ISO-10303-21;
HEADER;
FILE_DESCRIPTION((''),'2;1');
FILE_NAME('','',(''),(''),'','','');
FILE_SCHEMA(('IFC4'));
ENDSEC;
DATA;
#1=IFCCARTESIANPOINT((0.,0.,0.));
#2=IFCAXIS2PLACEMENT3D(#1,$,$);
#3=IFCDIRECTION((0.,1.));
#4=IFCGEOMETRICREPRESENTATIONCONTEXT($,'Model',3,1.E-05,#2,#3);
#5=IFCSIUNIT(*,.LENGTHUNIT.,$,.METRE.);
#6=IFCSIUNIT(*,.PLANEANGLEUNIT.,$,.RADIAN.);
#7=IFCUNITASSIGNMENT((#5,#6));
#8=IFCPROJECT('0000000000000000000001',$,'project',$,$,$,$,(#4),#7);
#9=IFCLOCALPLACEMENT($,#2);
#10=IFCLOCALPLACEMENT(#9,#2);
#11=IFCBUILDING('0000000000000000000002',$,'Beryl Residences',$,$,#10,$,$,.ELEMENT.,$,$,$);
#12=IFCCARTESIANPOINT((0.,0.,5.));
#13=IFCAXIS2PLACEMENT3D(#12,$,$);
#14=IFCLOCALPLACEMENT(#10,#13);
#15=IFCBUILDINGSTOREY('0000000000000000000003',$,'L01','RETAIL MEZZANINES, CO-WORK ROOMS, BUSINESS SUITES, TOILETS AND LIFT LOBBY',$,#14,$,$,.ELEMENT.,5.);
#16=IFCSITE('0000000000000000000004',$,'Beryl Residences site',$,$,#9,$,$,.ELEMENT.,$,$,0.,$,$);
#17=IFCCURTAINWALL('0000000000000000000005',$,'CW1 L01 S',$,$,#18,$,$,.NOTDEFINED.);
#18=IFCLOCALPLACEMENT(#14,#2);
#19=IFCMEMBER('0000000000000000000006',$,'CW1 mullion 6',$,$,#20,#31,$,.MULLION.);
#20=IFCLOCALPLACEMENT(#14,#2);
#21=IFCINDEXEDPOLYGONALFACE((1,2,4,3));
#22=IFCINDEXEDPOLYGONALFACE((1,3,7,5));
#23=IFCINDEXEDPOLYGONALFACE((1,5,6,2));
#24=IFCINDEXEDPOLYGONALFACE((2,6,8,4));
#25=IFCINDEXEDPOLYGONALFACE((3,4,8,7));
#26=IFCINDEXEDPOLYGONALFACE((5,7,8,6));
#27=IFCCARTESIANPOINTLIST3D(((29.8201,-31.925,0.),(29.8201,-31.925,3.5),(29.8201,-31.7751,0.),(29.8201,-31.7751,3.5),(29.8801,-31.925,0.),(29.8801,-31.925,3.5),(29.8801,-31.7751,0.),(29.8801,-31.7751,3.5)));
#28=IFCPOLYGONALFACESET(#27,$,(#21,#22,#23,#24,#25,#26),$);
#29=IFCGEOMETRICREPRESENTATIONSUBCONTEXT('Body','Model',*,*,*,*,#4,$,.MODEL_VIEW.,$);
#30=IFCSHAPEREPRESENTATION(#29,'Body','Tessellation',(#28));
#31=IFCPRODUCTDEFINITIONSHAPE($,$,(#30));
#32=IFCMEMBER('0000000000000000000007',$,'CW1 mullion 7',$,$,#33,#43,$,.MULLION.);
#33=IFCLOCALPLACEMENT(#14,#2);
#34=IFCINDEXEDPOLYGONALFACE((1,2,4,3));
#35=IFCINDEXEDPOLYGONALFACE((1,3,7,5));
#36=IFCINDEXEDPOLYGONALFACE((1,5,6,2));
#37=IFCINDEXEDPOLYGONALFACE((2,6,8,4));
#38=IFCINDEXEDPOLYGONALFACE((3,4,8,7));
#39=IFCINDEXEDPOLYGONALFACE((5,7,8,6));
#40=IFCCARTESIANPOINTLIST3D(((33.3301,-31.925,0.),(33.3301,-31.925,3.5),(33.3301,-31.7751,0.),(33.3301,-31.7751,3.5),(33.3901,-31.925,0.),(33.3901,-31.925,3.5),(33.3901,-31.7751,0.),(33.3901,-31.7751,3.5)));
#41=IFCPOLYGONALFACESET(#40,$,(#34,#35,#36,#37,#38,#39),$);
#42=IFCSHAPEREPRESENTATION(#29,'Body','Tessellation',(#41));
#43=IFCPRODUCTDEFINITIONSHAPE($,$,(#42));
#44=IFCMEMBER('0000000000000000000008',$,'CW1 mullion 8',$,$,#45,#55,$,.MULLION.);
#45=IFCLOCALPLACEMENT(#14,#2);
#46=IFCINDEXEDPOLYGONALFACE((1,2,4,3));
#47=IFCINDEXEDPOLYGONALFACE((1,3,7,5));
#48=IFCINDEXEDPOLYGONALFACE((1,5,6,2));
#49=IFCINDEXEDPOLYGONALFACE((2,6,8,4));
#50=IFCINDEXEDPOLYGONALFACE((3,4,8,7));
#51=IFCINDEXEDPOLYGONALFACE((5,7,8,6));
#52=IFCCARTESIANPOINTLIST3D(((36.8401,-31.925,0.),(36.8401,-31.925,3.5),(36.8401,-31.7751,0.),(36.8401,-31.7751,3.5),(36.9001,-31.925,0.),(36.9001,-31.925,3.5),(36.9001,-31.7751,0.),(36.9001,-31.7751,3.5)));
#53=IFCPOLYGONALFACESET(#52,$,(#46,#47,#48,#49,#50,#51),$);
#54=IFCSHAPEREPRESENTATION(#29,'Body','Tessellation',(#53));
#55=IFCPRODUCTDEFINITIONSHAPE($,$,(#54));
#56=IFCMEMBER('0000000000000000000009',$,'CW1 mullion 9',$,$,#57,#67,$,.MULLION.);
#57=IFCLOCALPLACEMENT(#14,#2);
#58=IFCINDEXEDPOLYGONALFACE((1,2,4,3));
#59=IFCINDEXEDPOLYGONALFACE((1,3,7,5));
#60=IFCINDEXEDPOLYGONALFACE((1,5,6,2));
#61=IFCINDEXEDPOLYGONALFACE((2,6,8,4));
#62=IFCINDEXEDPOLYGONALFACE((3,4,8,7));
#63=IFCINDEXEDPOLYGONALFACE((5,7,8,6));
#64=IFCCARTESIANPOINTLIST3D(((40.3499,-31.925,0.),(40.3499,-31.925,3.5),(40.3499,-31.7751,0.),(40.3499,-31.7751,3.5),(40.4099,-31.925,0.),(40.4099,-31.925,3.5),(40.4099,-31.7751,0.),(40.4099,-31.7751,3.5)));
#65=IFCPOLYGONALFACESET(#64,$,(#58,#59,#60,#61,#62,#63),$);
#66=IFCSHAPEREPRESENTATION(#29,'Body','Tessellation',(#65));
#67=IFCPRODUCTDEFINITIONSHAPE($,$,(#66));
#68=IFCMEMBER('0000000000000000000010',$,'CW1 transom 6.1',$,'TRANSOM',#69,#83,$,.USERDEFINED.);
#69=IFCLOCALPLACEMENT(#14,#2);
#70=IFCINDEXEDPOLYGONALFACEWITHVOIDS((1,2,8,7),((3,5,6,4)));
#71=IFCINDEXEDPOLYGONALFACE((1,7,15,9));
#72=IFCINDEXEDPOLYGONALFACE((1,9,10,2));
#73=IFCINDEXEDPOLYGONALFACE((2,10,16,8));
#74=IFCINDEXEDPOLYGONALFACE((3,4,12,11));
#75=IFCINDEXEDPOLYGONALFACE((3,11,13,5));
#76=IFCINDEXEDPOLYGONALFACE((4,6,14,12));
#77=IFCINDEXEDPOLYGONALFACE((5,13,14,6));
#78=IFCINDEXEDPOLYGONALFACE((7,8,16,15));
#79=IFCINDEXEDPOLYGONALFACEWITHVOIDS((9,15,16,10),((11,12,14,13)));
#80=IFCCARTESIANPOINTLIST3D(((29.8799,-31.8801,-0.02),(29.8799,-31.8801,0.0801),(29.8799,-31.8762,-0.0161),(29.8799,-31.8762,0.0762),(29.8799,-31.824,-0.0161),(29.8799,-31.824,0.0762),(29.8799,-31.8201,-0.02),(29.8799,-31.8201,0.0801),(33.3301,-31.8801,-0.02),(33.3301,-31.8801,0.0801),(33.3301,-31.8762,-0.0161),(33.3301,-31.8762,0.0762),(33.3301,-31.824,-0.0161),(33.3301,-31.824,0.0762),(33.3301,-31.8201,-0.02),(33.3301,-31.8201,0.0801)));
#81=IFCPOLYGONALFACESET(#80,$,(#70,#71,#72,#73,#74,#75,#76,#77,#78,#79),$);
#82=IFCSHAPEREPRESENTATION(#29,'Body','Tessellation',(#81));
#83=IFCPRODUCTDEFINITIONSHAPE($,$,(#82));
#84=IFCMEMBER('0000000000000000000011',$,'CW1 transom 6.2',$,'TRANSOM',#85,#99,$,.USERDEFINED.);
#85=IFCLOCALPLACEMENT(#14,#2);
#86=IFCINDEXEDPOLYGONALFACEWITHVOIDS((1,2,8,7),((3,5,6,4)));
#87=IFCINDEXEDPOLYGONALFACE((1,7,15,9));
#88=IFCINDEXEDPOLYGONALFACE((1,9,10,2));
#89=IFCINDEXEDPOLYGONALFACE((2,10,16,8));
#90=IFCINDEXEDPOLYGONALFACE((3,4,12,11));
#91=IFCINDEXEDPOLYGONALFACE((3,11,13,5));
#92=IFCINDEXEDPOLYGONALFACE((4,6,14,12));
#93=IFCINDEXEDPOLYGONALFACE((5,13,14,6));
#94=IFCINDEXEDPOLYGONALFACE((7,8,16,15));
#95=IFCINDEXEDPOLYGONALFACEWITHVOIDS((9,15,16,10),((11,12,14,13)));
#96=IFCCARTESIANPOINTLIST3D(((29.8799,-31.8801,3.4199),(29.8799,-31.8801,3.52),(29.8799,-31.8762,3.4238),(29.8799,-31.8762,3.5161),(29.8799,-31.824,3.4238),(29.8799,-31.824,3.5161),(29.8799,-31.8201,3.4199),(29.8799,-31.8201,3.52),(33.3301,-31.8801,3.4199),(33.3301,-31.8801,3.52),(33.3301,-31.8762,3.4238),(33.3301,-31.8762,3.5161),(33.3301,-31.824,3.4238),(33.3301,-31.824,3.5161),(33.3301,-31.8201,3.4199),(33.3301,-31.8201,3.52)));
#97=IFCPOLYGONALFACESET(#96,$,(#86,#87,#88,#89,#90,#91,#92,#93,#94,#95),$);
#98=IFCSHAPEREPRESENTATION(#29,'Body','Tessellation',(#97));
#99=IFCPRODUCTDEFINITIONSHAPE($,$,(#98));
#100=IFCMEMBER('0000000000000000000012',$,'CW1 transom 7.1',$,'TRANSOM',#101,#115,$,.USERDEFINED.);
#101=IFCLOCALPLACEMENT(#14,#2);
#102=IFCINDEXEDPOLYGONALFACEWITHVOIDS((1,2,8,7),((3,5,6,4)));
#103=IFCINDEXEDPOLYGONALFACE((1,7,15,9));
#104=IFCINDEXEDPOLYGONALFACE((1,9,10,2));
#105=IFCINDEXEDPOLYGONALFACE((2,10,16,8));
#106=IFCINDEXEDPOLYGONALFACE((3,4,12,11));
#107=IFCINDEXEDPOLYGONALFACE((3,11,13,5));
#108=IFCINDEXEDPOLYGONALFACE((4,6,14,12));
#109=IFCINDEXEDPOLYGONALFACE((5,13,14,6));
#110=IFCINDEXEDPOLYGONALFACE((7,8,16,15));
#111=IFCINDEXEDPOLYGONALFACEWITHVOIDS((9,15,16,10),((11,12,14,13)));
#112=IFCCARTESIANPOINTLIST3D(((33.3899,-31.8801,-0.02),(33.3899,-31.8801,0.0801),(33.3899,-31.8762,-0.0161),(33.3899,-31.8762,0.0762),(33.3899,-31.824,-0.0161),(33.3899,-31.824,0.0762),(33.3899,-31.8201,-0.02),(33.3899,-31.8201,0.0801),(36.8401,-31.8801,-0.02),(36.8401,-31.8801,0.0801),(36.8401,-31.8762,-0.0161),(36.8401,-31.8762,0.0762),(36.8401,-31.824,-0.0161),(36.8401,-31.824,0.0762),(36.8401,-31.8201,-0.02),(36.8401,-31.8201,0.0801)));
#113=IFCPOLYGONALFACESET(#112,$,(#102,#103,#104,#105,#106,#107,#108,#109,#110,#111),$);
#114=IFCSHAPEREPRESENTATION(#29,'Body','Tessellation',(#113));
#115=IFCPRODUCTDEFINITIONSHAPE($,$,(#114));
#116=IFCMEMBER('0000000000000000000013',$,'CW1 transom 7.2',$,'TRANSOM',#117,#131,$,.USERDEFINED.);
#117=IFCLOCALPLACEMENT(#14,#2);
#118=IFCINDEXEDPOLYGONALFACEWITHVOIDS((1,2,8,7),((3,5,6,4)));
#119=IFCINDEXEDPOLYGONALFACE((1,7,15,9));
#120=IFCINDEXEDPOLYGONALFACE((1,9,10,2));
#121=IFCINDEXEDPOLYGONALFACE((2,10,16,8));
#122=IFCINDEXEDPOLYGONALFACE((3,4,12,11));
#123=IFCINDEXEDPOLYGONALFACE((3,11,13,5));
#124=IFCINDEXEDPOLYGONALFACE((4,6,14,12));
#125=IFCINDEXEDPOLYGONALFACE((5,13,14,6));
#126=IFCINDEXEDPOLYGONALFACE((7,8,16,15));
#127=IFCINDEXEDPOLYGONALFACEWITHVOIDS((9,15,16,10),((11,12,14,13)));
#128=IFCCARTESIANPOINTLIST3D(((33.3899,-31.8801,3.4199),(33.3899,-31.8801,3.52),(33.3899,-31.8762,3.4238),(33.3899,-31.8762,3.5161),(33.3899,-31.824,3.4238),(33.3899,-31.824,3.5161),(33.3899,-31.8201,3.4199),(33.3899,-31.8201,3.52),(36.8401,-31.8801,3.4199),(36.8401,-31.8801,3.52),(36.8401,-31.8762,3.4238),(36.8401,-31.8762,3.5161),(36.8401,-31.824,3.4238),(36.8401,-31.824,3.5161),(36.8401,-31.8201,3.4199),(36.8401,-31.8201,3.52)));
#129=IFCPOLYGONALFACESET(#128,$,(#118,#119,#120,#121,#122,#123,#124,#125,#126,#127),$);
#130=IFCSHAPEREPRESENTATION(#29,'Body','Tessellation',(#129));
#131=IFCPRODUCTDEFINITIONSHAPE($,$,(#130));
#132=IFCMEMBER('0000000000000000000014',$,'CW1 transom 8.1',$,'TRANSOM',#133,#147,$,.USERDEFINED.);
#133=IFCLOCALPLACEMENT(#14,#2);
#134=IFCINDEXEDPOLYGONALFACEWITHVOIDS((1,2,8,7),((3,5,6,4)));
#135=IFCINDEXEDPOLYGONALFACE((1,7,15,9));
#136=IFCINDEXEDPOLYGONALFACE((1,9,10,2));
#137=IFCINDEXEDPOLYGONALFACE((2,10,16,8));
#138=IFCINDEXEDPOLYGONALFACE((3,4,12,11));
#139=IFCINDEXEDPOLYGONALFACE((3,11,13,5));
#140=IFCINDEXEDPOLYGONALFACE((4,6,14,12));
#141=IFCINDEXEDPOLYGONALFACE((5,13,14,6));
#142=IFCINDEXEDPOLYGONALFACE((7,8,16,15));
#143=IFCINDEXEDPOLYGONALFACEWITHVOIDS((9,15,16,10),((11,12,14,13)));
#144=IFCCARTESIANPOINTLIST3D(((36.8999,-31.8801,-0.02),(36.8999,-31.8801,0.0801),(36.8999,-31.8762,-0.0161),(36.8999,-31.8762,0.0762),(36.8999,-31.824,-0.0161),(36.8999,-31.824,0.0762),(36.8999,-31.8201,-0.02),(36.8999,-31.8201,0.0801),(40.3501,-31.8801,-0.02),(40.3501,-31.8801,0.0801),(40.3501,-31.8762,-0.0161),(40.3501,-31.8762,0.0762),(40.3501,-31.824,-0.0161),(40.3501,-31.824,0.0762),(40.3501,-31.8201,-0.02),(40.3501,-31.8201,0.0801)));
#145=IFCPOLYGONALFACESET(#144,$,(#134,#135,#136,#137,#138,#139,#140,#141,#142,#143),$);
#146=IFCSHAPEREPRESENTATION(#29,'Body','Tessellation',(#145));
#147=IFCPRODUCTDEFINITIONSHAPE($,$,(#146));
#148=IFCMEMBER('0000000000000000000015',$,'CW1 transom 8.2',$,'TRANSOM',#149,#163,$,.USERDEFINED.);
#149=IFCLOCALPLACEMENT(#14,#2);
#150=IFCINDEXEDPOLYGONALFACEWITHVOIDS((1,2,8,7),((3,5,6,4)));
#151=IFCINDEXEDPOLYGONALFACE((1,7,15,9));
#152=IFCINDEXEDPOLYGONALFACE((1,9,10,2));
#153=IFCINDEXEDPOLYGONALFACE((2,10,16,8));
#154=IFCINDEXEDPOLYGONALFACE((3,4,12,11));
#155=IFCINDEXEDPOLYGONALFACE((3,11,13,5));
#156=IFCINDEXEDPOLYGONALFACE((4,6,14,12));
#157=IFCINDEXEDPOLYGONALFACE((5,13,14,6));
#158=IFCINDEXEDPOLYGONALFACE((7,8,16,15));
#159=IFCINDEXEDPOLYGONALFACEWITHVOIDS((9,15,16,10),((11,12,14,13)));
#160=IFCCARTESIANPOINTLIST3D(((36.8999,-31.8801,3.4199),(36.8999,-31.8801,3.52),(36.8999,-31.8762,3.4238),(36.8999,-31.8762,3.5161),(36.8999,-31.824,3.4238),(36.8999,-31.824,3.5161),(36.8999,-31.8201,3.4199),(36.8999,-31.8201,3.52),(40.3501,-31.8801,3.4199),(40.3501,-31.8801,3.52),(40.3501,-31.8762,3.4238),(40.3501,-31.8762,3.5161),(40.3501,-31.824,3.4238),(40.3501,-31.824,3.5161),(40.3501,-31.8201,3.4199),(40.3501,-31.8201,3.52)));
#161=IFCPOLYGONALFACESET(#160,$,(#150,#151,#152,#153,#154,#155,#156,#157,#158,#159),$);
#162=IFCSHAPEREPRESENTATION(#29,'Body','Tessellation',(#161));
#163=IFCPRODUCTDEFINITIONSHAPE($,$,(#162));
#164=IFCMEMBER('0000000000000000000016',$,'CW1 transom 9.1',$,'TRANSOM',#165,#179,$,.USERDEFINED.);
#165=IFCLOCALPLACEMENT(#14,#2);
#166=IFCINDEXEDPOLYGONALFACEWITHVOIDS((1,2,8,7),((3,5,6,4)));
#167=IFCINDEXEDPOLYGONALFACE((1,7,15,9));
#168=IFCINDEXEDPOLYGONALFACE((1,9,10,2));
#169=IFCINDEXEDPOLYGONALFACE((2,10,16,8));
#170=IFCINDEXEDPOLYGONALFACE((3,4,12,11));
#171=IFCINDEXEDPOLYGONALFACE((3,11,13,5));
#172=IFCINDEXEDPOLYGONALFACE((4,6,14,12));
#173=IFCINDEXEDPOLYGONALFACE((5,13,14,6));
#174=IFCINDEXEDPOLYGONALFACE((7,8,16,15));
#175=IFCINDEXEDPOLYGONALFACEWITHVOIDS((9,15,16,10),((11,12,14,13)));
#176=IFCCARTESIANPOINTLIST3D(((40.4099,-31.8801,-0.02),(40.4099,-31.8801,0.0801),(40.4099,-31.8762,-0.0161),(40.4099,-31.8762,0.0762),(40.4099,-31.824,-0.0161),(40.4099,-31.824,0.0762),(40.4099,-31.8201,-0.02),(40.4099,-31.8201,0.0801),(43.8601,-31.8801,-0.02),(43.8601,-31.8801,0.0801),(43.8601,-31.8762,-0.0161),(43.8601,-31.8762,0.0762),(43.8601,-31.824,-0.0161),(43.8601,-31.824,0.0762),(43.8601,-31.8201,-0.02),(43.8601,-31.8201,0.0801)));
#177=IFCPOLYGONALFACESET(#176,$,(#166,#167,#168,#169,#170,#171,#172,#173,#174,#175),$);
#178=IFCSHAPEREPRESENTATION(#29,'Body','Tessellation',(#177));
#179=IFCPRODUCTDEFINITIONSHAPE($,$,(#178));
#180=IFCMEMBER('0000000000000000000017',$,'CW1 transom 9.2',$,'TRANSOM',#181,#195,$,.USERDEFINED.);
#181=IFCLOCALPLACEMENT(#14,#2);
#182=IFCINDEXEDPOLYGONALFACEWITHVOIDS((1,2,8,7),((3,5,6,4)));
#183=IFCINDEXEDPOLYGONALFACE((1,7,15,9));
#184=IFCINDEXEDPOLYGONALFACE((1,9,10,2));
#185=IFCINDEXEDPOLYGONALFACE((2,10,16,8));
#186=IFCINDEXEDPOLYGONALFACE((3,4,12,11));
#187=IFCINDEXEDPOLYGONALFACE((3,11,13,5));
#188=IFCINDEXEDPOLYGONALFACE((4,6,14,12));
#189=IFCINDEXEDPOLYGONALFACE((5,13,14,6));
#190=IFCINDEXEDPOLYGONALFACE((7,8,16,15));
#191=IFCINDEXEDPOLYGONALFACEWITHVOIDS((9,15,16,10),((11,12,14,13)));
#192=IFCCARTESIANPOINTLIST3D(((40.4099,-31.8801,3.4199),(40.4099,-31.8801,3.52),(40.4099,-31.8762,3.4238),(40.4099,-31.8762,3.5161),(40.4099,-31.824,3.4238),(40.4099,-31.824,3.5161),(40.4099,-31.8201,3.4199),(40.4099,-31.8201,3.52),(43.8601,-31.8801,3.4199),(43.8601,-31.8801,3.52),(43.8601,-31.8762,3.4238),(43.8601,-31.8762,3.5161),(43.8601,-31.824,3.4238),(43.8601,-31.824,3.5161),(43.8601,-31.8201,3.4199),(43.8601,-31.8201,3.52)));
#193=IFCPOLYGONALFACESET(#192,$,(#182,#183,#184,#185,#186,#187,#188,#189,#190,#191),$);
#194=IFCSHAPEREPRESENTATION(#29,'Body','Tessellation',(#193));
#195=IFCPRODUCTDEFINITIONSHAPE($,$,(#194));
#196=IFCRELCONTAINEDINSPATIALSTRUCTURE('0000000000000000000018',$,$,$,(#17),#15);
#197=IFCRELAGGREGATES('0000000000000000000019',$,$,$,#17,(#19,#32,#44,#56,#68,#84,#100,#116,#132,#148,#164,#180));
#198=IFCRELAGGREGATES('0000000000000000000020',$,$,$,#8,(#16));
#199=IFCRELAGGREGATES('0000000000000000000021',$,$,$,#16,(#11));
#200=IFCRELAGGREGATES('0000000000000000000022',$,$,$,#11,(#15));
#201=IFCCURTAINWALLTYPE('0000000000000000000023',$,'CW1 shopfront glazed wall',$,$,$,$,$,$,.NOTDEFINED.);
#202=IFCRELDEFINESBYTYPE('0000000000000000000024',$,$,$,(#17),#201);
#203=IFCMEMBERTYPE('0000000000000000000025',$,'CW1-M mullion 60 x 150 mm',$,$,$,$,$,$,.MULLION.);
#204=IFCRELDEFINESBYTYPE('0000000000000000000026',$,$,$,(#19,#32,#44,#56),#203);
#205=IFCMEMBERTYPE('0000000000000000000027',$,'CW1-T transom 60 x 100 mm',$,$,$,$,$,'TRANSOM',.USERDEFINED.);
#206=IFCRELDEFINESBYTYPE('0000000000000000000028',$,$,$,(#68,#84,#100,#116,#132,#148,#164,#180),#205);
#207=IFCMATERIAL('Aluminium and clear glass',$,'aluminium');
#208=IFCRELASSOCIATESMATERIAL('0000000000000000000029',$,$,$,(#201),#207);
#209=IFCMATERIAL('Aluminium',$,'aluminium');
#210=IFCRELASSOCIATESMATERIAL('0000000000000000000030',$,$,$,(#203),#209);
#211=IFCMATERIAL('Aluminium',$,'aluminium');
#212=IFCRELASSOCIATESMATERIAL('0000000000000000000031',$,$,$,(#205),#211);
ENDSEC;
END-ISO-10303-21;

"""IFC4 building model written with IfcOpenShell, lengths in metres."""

from ifc_helpers import new_model, si_unit, direction, frame, origin, origin_2d, place, context, subcontext, project, spatial, rectangle, hollow_rectangle, extrude, material, material_profile, profile_set, type_object, element, aggregate, save


model = new_model("IFC4")

# Units and contexts
model_context = context("Model", 3, precision=1e-05, world=origin(), true_north=direction((0.0, 1.0)))
body_context = subcontext(model_context, "Body", "Model", "MODEL_VIEW")
ifc_project = project(units=[si_unit("LENGTHUNIT", "METRE"), si_unit("PLANEANGLEUNIT", "RADIAN")], contexts=[model_context])

# Site, building, storey
site_placement = place(None, origin())
site = spatial("IfcSite", under=ifc_project, at=site_placement, Name="Beryl Residences site", CompositionType="ELEMENT", RefElevation=0.0)
building_placement = place(site_placement, origin())
building = spatial("IfcBuilding", under=site, at=building_placement, Name="Beryl Residences", CompositionType="ELEMENT")
storey_placement = place(building_placement, frame((0.0, 0.0, 5.0)))
storey = spatial("IfcBuildingStorey", under=building, at=storey_placement, Name="L01", Description="RETAIL MEZZANINES, CO-WORK ROOMS, BUSINESS SUITES, TOILETS AND LIFT LOBBY", CompositionType="ELEMENT", Elevation=5.0)

# Curtain wall, members
ifc_material_1 = material(Name="Aluminium and clear glass", Category="aluminium")
curtain_wall_type = type_object("IfcCurtainWallType", Name="CW1 shopfront glazed wall", PredefinedType="NOTDEFINED", material=ifc_material_1)
curtain_wall_placement = place(storey_placement, origin())
curtain_wall = element("IfcCurtainWall", 1, at=curtain_wall_placement, inside=storey, type_object=curtain_wall_type, Name="CW1 L01 S", PredefinedType="NOTDEFINED")
ifc_material_2 = material(Name="Aluminium", Category="aluminium")
ifc_material_profile_1 = material_profile(ifc_material_2, rectangle(XDim=0.0601, YDim=0.1499, at=origin_2d()))
ifc_profile_set_1 = profile_set([ifc_material_profile_1], Name="Aluminium")
member_type_1 = type_object("IfcMemberType", Name="CW1-M mullion 60 x 150 mm", PredefinedType="MULLION", material=ifc_profile_set_1)
member_1_placement = place(storey_placement, frame((29.8501, -31.8501, 0.0), z_axis=(0.0, 0.0, 1.0), x_axis=(1.0, 0.0, 0.0)))
member_1 = element("IfcMember", 2, at=member_1_placement, type_object=member_type_1, Name="CW1 mullion 6", PredefinedType="MULLION", context=body_context, shape_type="SweptSolid", body=[
    extrude(rectangle(XDim=0.0601, YDim=0.1499, at=origin_2d()), origin(), (0.0, 0.0, 1.0), 3.5),
])
member_2_placement = place(storey_placement, frame((33.3601, -31.8501, 0.0), z_axis=(0.0, 0.0, 1.0), x_axis=(1.0, 0.0, 0.0)))
member_2 = element("IfcMember", 3, at=member_2_placement, type_object=member_type_1, Name="CW1 mullion 7", PredefinedType="MULLION", context=body_context, shape_type="SweptSolid", body=[
    extrude(rectangle(XDim=0.0601, YDim=0.1499, at=origin_2d()), origin(), (0.0, 0.0, 1.0), 3.5),
])
member_3_placement = place(storey_placement, frame((36.8701, -31.8501, 0.0), z_axis=(0.0, 0.0, 1.0), x_axis=(1.0, 0.0, 0.0)))
member_3 = element("IfcMember", 4, at=member_3_placement, type_object=member_type_1, Name="CW1 mullion 8", PredefinedType="MULLION", context=body_context, shape_type="SweptSolid", body=[
    extrude(rectangle(XDim=0.0601, YDim=0.1499, at=origin_2d()), origin(), (0.0, 0.0, 1.0), 3.5),
])
member_4_placement = place(storey_placement, frame((40.3799, -31.8501, 0.0), z_axis=(0.0, 0.0, 1.0), x_axis=(1.0, 0.0, 0.0)))
member_4 = element("IfcMember", 5, at=member_4_placement, type_object=member_type_1, Name="CW1 mullion 9", PredefinedType="MULLION", context=body_context, shape_type="SweptSolid", body=[
    extrude(rectangle(XDim=0.0601, YDim=0.1499, at=origin_2d()), origin(), (0.0, 0.0, 1.0), 3.5),
])
ifc_material_3 = material(Name="Aluminium", Category="aluminium")
ifc_material_profile_2 = material_profile(ifc_material_3, hollow_rectangle(XDim=0.0601, YDim=0.1001, WallThickness=0.0039, at=origin_2d()))
ifc_profile_set_2 = profile_set([ifc_material_profile_2], Name="Aluminium")
member_type_2 = type_object("IfcMemberType", Name="CW1-T transom 60 x 100 mm", ElementType="TRANSOM", PredefinedType="USERDEFINED", material=ifc_profile_set_2)
member_5_placement = place(storey_placement, frame((29.8799, -31.8501, 0.03), z_axis=(1.0, 0.0, 0.0), x_axis=(0.0, 1.0, 0.0)))
member_5 = element("IfcMember", 6, at=member_5_placement, type_object=member_type_2, Name="CW1 transom 6.1", ObjectType="TRANSOM", PredefinedType="USERDEFINED", context=body_context, shape_type="SweptSolid", body=[
    extrude(hollow_rectangle(XDim=0.0601, YDim=0.1001, WallThickness=0.0039, at=origin_2d()), origin(), (0.0, 0.0, 1.0), 3.4502),
])
member_6_placement = place(storey_placement, frame((29.8799, -31.8501, 3.47), z_axis=(1.0, 0.0, 0.0), x_axis=(0.0, 1.0, 0.0)))
member_6 = element("IfcMember", 7, at=member_6_placement, type_object=member_type_2, Name="CW1 transom 6.2", ObjectType="TRANSOM", PredefinedType="USERDEFINED", context=body_context, shape_type="SweptSolid", body=[
    extrude(hollow_rectangle(XDim=0.0601, YDim=0.1001, WallThickness=0.0039, at=origin_2d()), origin(), (0.0, 0.0, 1.0), 3.4502),
])
member_7_placement = place(storey_placement, frame((33.3899, -31.8501, 0.03), z_axis=(1.0, 0.0, 0.0), x_axis=(0.0, 1.0, 0.0)))
member_7 = element("IfcMember", 8, at=member_7_placement, type_object=member_type_2, Name="CW1 transom 7.1", ObjectType="TRANSOM", PredefinedType="USERDEFINED", context=body_context, shape_type="SweptSolid", body=[
    extrude(hollow_rectangle(XDim=0.0601, YDim=0.1001, WallThickness=0.0039, at=origin_2d()), origin(), (0.0, 0.0, 1.0), 3.4502),
])
member_8_placement = place(storey_placement, frame((33.3899, -31.8501, 3.47), z_axis=(1.0, 0.0, 0.0), x_axis=(0.0, 1.0, 0.0)))
member_8 = element("IfcMember", 9, at=member_8_placement, type_object=member_type_2, Name="CW1 transom 7.2", ObjectType="TRANSOM", PredefinedType="USERDEFINED", context=body_context, shape_type="SweptSolid", body=[
    extrude(hollow_rectangle(XDim=0.0601, YDim=0.1001, WallThickness=0.0039, at=origin_2d()), origin(), (0.0, 0.0, 1.0), 3.4502),
])
member_9_placement = place(storey_placement, frame((36.8999, -31.8501, 0.03), z_axis=(1.0, 0.0, 0.0), x_axis=(0.0, 1.0, 0.0)))
member_9 = element("IfcMember", 10, at=member_9_placement, type_object=member_type_2, Name="CW1 transom 8.1", ObjectType="TRANSOM", PredefinedType="USERDEFINED", context=body_context, shape_type="SweptSolid", body=[
    extrude(hollow_rectangle(XDim=0.0601, YDim=0.1001, WallThickness=0.0039, at=origin_2d()), origin(), (0.0, 0.0, 1.0), 3.4502),
])
member_10_placement = place(storey_placement, frame((36.8999, -31.8501, 3.47), z_axis=(1.0, 0.0, 0.0), x_axis=(0.0, 1.0, 0.0)))
member_10 = element("IfcMember", 11, at=member_10_placement, type_object=member_type_2, Name="CW1 transom 8.2", ObjectType="TRANSOM", PredefinedType="USERDEFINED", context=body_context, shape_type="SweptSolid", body=[
    extrude(hollow_rectangle(XDim=0.0601, YDim=0.1001, WallThickness=0.0039, at=origin_2d()), origin(), (0.0, 0.0, 1.0), 3.4502),
])
member_11_placement = place(storey_placement, frame((40.4099, -31.8501, 0.03), z_axis=(1.0, 0.0, 0.0), x_axis=(0.0, 1.0, 0.0)))
member_11 = element("IfcMember", 12, at=member_11_placement, type_object=member_type_2, Name="CW1 transom 9.1", ObjectType="TRANSOM", PredefinedType="USERDEFINED", context=body_context, shape_type="SweptSolid", body=[
    extrude(hollow_rectangle(XDim=0.0601, YDim=0.1001, WallThickness=0.0039, at=origin_2d()), origin(), (0.0, 0.0, 1.0), 3.4502),
])
member_12_placement = place(storey_placement, frame((40.4099, -31.8501, 3.47), z_axis=(1.0, 0.0, 0.0), x_axis=(0.0, 1.0, 0.0)))
member_12 = element("IfcMember", 13, at=member_12_placement, type_object=member_type_2, Name="CW1 transom 9.2", ObjectType="TRANSOM", PredefinedType="USERDEFINED", context=body_context, shape_type="SweptSolid", body=[
    extrude(hollow_rectangle(XDim=0.0601, YDim=0.1001, WallThickness=0.0039, at=origin_2d()), origin(), (0.0, 0.0, 1.0), 3.4502),
])
aggregate(curtain_wall, [member_1, member_2, member_3, member_4, member_5, member_6, member_7, member_8, member_9, member_10, member_11, member_12])

save(model, "model.ifc")
